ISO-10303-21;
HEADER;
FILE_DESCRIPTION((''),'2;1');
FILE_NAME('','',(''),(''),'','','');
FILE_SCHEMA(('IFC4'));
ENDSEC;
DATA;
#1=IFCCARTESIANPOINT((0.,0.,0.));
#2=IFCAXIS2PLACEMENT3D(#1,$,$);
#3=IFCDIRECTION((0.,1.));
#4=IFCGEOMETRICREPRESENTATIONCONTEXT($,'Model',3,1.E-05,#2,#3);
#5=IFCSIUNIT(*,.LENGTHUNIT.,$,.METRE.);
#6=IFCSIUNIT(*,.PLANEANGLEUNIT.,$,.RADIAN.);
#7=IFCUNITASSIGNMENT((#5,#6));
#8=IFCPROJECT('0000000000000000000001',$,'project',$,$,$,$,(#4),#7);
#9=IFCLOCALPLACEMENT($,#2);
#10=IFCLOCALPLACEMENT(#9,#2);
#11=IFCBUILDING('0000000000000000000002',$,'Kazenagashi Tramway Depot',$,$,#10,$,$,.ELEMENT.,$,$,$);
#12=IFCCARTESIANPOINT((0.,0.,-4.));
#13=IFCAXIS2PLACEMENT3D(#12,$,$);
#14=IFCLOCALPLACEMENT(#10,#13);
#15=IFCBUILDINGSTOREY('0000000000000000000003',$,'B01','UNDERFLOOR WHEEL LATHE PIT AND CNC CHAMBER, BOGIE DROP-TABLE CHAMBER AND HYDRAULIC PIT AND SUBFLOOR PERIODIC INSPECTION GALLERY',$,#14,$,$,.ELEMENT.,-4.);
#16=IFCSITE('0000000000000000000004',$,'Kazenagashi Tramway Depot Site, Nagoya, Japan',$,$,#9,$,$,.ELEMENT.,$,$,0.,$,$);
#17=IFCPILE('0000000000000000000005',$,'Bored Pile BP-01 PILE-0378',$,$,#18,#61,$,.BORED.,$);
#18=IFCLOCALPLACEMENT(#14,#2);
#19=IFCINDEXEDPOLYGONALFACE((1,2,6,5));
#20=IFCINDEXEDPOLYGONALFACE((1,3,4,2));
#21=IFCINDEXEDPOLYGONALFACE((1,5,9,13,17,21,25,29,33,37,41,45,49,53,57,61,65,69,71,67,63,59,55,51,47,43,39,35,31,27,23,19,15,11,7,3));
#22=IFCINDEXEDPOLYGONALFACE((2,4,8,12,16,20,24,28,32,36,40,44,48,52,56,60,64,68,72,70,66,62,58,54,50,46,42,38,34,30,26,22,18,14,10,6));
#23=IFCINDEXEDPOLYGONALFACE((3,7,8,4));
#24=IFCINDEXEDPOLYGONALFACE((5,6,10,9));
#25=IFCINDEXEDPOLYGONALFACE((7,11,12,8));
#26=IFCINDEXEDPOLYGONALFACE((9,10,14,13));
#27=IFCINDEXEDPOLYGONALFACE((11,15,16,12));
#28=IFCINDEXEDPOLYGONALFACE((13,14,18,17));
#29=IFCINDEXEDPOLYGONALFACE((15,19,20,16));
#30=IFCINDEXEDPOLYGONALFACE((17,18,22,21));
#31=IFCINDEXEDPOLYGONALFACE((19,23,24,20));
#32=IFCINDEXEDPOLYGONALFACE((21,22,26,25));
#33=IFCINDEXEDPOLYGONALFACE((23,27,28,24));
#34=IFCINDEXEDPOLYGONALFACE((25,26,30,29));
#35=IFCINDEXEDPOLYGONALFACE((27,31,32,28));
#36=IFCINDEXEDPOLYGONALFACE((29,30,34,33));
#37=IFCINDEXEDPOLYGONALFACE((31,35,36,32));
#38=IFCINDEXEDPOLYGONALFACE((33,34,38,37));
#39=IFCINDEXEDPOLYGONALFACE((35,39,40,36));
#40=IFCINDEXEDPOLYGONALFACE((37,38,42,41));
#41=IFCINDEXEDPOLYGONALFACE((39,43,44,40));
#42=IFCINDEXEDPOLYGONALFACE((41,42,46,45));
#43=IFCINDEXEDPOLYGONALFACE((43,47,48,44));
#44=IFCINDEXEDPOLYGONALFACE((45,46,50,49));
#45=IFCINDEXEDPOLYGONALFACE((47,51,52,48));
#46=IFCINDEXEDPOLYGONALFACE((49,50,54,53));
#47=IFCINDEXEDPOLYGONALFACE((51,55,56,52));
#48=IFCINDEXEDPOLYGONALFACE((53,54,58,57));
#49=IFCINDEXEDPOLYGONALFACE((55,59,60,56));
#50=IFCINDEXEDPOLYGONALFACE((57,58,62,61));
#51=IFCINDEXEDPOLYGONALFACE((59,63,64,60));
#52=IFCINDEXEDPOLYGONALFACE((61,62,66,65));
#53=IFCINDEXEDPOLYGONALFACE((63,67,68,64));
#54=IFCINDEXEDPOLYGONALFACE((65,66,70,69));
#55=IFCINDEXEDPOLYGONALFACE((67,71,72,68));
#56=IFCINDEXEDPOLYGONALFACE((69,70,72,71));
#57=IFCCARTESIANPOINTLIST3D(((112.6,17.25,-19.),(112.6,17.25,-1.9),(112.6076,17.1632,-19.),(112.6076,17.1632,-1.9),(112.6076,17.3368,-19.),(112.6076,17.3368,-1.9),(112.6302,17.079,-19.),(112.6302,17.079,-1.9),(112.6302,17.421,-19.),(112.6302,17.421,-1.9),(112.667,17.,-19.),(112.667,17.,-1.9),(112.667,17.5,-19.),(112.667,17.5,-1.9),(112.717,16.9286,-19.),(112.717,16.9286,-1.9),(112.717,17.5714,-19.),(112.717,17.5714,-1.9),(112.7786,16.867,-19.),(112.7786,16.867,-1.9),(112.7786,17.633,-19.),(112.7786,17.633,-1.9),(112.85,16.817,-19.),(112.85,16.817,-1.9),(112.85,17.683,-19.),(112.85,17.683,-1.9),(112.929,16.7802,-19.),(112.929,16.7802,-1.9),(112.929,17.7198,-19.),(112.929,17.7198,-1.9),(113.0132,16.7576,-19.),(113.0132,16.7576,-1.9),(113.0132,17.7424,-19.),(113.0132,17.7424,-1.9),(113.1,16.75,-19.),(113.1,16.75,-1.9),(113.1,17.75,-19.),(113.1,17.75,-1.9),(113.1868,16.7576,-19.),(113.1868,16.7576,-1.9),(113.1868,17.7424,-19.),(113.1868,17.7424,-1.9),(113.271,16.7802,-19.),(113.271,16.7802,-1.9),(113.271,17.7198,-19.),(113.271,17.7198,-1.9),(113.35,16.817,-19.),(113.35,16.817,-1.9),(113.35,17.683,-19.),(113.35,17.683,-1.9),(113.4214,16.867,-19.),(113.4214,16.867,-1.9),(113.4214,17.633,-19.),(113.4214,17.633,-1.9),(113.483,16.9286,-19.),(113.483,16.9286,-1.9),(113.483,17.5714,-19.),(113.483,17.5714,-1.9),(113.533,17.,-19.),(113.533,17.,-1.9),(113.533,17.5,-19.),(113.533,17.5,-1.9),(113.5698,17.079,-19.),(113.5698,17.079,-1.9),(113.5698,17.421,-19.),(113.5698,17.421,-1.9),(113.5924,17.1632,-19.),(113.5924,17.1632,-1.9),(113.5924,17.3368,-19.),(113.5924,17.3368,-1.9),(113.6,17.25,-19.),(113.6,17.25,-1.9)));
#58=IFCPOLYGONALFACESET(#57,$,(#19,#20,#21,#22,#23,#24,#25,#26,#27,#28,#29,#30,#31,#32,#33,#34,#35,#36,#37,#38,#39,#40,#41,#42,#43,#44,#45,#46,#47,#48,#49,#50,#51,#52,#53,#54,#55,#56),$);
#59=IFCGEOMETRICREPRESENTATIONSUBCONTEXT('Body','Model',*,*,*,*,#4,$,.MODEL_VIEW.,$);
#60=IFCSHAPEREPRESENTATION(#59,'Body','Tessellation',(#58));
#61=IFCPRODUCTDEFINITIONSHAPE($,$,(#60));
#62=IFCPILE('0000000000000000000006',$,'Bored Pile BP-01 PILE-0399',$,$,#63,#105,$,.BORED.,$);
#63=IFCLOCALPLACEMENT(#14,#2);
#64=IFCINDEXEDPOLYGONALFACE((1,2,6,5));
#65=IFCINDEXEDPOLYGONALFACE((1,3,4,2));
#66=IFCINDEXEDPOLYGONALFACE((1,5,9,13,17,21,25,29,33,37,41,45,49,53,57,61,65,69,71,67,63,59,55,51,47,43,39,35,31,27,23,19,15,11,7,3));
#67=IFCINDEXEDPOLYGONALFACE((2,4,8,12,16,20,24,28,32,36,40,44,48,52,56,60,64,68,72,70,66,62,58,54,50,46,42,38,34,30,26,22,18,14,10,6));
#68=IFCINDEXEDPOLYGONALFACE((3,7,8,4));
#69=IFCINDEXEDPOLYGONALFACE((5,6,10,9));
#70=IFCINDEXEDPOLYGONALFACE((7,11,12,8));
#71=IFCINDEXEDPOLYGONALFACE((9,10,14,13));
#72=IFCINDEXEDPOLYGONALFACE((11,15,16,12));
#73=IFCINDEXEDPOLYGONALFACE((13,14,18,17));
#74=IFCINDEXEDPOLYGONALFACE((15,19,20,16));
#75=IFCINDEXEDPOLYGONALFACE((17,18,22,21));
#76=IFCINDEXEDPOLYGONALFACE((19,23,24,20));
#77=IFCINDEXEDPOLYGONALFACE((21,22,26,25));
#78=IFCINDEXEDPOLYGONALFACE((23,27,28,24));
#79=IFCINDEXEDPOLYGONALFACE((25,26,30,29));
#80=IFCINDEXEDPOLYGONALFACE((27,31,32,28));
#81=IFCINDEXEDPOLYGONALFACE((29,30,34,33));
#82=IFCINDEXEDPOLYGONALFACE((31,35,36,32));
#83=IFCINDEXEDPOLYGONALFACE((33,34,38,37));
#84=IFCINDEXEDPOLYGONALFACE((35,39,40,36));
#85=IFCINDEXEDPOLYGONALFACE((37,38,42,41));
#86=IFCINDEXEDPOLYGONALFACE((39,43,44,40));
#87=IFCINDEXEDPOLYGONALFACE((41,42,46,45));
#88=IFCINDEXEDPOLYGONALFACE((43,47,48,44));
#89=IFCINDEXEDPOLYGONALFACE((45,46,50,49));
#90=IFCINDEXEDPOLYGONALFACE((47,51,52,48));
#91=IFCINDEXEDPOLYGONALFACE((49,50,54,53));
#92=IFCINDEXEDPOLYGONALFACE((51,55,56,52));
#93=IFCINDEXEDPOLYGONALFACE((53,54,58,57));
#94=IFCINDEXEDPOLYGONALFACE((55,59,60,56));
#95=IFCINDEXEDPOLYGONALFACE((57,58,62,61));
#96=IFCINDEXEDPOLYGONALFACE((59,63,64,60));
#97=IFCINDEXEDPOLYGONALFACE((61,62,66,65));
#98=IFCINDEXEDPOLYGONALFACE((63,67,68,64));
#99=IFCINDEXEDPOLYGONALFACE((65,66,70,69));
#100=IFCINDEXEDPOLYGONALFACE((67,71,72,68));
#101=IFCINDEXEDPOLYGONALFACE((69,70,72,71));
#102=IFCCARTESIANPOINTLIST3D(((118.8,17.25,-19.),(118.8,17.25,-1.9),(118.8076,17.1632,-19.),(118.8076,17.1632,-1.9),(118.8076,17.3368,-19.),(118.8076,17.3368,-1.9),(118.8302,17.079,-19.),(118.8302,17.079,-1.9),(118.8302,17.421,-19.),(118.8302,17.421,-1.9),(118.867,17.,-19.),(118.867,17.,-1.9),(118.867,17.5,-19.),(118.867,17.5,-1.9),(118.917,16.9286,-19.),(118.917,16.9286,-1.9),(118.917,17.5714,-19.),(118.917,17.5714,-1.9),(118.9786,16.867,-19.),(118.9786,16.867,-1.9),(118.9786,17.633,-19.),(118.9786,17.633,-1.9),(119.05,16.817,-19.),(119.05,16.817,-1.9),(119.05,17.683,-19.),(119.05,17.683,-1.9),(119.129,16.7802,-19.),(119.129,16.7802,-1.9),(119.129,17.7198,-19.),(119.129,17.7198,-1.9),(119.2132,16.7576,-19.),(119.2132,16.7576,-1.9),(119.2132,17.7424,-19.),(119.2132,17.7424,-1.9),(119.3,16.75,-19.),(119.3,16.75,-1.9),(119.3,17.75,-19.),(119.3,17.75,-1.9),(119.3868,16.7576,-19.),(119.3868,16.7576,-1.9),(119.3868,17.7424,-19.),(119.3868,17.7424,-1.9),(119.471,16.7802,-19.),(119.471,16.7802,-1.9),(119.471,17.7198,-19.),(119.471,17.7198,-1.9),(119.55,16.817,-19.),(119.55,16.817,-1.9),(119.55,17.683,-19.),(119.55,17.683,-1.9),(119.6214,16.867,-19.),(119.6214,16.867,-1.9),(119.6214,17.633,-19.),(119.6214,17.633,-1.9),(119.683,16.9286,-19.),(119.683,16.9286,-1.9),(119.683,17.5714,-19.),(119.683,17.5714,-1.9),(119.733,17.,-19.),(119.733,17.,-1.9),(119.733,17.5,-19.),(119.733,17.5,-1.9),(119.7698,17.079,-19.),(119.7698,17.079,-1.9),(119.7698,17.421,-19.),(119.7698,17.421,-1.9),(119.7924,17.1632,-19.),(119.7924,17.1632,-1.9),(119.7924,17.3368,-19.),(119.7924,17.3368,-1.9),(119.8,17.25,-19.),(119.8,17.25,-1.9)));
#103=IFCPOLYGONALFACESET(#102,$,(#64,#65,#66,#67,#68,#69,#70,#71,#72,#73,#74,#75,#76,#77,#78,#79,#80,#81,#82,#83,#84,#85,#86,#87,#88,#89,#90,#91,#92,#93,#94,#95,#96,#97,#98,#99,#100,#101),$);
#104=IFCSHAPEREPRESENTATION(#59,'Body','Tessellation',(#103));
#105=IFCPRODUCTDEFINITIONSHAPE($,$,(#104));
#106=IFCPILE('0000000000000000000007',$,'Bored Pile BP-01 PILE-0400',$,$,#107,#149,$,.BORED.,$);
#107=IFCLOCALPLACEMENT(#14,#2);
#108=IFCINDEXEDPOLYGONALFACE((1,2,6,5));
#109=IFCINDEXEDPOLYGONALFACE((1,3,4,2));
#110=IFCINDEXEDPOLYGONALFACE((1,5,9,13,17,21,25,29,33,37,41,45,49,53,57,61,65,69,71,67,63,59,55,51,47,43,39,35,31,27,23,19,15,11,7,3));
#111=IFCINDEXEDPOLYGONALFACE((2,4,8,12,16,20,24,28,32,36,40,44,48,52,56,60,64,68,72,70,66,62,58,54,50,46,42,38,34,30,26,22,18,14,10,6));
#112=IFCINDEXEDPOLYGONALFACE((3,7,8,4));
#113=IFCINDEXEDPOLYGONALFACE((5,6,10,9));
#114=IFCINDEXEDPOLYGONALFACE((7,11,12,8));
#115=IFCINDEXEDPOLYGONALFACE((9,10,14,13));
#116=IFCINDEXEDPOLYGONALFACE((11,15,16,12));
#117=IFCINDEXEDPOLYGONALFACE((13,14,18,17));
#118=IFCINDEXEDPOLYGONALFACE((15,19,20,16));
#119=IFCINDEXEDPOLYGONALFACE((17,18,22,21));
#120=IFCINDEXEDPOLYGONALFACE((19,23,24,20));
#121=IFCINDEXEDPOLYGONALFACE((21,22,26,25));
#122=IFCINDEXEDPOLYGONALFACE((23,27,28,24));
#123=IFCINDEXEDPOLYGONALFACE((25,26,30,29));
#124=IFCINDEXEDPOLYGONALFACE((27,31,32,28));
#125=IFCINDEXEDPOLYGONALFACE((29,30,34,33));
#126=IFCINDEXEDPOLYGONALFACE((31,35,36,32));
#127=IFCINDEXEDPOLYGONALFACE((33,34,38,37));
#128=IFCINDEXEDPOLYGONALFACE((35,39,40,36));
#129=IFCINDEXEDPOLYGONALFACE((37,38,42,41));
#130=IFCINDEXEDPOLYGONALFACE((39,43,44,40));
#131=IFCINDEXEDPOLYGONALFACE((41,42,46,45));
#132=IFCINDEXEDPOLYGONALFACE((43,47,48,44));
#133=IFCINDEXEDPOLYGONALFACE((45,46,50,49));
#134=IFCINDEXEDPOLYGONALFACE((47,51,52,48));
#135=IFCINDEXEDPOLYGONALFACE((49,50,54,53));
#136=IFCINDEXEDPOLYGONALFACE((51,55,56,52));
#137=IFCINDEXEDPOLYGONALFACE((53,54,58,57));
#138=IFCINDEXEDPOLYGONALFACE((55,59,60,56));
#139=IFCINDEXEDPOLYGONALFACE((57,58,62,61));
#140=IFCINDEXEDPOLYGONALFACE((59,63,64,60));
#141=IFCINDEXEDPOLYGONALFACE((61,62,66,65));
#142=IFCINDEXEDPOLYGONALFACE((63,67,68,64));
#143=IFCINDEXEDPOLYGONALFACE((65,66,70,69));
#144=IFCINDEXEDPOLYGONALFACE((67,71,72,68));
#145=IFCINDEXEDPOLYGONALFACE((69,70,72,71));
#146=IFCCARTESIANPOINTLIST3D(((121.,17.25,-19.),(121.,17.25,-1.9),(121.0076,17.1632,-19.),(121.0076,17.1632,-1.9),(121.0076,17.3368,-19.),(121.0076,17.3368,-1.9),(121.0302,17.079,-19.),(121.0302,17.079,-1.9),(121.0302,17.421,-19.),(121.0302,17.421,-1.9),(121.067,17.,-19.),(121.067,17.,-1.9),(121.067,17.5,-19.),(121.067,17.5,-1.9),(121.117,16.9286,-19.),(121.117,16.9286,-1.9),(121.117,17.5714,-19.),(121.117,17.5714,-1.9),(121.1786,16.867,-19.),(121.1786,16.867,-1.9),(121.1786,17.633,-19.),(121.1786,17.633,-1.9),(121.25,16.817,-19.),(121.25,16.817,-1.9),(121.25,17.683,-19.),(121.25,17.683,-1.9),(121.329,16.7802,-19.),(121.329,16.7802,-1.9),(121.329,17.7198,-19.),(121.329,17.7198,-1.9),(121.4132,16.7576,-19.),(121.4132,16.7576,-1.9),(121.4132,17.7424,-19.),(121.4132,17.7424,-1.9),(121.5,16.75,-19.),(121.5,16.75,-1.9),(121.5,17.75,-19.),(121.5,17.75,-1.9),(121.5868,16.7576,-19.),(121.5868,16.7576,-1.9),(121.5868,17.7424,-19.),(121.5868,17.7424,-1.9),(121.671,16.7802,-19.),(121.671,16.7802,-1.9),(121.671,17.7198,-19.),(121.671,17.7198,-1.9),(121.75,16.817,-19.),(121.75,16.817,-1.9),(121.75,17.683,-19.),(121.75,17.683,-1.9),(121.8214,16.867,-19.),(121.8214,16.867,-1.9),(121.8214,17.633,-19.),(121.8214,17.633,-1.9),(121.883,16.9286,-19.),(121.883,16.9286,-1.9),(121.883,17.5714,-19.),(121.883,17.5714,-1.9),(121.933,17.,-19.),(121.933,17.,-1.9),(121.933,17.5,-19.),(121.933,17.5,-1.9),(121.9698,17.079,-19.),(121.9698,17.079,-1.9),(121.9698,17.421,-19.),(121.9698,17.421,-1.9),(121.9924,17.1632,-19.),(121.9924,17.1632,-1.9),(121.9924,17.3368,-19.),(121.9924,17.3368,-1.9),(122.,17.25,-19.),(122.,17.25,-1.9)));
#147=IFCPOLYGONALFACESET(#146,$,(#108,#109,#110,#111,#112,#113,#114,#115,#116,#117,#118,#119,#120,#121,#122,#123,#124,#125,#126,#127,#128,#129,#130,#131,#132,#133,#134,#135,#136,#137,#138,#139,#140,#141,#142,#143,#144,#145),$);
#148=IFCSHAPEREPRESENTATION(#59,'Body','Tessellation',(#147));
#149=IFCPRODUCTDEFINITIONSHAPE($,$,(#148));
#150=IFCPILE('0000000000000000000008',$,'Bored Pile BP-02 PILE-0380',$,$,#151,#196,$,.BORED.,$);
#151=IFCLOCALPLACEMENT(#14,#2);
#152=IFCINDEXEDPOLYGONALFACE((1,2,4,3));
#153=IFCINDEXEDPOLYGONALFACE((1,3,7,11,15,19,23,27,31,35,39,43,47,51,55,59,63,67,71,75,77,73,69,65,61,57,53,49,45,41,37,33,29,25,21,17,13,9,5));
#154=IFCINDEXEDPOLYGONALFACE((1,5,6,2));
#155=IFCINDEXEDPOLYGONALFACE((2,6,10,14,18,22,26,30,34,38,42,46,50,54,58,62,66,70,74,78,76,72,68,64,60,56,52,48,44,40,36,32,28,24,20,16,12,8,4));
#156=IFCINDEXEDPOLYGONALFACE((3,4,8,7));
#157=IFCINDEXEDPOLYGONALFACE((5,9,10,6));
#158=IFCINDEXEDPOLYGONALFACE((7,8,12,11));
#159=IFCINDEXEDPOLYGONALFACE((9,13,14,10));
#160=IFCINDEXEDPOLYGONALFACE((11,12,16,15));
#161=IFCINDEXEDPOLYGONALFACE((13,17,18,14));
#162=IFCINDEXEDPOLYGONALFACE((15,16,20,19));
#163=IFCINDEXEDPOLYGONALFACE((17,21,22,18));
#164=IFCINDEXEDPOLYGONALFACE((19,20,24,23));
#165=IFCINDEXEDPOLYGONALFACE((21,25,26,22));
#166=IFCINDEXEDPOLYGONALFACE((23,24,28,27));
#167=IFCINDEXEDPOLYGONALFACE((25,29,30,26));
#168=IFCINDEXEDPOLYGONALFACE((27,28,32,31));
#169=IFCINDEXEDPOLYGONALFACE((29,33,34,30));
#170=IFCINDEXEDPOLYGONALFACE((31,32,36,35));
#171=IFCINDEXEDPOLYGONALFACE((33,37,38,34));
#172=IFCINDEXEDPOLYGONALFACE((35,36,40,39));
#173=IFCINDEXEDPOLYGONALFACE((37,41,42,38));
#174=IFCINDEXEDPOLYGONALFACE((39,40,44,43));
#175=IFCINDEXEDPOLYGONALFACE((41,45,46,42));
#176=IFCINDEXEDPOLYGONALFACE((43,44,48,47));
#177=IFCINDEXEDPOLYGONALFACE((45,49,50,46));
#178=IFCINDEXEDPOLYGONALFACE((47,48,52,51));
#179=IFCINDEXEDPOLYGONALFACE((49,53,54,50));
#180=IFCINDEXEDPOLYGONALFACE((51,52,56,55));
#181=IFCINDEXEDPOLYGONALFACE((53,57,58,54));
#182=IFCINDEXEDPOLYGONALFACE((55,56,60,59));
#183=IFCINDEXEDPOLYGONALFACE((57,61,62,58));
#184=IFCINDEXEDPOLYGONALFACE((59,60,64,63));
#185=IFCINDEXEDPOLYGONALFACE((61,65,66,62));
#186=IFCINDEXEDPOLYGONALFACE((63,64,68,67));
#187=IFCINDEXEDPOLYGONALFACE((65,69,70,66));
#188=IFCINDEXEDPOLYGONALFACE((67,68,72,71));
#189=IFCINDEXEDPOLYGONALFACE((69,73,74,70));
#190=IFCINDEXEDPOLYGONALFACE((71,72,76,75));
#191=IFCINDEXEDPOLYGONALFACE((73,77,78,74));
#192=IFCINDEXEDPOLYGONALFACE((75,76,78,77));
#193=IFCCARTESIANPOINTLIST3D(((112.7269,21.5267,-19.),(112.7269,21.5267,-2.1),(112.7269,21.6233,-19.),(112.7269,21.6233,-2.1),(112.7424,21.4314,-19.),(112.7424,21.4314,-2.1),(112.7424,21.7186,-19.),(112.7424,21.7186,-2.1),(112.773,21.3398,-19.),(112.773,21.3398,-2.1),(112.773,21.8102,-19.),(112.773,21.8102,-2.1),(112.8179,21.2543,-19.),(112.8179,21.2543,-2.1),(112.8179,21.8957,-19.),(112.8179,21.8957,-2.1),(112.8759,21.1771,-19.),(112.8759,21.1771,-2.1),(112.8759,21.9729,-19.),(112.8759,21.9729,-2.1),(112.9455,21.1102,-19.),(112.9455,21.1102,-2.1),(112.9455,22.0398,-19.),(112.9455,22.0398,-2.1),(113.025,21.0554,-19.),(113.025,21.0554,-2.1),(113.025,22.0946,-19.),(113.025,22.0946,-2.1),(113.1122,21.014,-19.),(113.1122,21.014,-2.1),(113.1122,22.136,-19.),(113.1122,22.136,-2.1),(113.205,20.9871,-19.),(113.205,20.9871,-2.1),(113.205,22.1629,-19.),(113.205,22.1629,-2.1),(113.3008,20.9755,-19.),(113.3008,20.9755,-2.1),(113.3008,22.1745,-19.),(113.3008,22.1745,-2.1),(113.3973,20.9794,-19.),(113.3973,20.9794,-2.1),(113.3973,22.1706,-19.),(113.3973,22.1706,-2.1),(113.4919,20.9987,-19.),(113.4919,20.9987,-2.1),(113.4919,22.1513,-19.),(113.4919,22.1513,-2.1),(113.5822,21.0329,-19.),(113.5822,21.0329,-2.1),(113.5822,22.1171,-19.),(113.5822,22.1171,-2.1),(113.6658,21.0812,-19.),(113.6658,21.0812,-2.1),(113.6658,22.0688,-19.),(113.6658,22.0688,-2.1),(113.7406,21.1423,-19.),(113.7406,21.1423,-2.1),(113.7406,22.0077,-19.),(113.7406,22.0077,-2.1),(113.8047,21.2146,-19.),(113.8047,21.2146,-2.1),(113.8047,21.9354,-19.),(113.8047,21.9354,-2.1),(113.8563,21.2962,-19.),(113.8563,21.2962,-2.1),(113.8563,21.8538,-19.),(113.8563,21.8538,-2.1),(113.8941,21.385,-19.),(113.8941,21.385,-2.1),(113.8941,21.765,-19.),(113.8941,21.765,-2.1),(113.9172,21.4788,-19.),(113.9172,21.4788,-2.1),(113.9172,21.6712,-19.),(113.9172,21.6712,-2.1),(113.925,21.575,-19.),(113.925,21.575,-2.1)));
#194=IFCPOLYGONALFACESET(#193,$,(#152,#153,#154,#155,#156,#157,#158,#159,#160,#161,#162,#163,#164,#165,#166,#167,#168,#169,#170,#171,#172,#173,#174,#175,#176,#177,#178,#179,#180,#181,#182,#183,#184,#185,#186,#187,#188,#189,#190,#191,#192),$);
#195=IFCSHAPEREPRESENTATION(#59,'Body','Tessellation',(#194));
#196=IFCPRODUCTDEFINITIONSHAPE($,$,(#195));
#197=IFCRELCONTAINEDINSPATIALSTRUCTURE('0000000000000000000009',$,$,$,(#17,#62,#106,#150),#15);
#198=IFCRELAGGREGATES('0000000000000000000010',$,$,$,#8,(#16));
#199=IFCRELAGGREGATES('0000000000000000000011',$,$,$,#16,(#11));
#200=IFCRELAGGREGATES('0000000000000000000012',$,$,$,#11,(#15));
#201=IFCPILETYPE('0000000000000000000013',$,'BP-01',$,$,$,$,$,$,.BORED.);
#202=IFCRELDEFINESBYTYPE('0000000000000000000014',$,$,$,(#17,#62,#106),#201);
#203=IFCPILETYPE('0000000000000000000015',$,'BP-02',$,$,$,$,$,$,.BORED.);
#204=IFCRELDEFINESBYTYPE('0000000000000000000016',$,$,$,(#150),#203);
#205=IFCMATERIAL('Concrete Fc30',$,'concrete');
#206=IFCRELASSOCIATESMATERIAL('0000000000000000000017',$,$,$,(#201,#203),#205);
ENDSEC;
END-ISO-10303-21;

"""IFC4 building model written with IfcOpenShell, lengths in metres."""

from ifc_helpers import new_model, si_unit, direction, frame, origin, origin_2d, place, context, subcontext, project, spatial, circle, extrude, material, material_profile, profile_set, type_object, element, save


model = new_model("IFC4")

# Units and contexts
model_context = context("Model", 3, precision=1e-05, world=origin(), true_north=direction((0.0, 1.0)))
body_context = subcontext(model_context, "Body", "Model", "MODEL_VIEW")
ifc_project = project(units=[si_unit("LENGTHUNIT", "METRE"), si_unit("PLANEANGLEUNIT", "RADIAN")], contexts=[model_context])

# Site, building, storey
site_placement = place(None, origin())
site = spatial("IfcSite", under=ifc_project, at=site_placement, Name="Kazenagashi Tramway Depot Site, Nagoya, Japan", CompositionType="ELEMENT", RefElevation=0.0)
building_placement = place(site_placement, origin())
building = spatial("IfcBuilding", under=site, at=building_placement, Name="Kazenagashi Tramway Depot", CompositionType="ELEMENT")
storey_placement = place(building_placement, frame((0.0, 0.0, -4.0)))
storey = spatial("IfcBuildingStorey", under=building, at=storey_placement, Name="B01", Description="UNDERFLOOR WHEEL LATHE PIT AND CNC CHAMBER, BOGIE DROP-TABLE CHAMBER AND HYDRAULIC PIT AND SUBFLOOR PERIODIC INSPECTION GALLERY", CompositionType="ELEMENT", Elevation=-4.0)

# Piles
ifc_material_1 = material(Name="Concrete Fc30", Category="concrete")
ifc_material_profile_1 = material_profile(ifc_material_1, circle(Radius=0.5, at=origin_2d()), Name="PILE-1000")
ifc_profile_set_1 = profile_set([ifc_material_profile_1], Name="Concrete Fc30")
pile_type_1 = type_object("IfcPileType", Name="BP-01", PredefinedType="BORED", material=ifc_profile_set_1)
for number, where, z_axis, x_axis, name in (
    (1, (113.1, 17.25, -1.9), (0.0, 0.0, -1.0), (1.0, 0.0, 0.0), "Bored Pile BP-01 PILE-0378"),
    (2, (119.3, 17.25, -1.9), (0.0, 0.0, -1.0), (1.0, 0.0, 0.0), "Bored Pile BP-01 PILE-0399"),
    (3, (121.5, 17.25, -1.9), (0.0, 0.0, -1.0), (1.0, 0.0, 0.0), "Bored Pile BP-01 PILE-0400"),
):
    element("IfcPile", number, at=place(storey_placement, frame(where, z_axis=z_axis, x_axis=x_axis)), inside=storey, type_object=pile_type_1, Name=name, PredefinedType="BORED", context=body_context, shape_type="SweptSolid", body=[
        extrude(circle(Radius=0.5, at=origin_2d()), origin(), (0.0, 0.0, 1.0), 17.1),
    ])
ifc_material_profile_2 = material_profile(ifc_material_1, circle(Radius=0.6, at=origin_2d()), Name="PILE-1200")
ifc_profile_set_2 = profile_set([ifc_material_profile_2], Name="Concrete Fc30")
pile_type_2 = type_object("IfcPileType", Name="BP-02", PredefinedType="BORED", material=ifc_profile_set_2)
for number, where, z_axis, x_axis, name in (
    (4, (113.325, 21.575, -2.1), (0.0, 0.0, -1.0), (1.0, 0.0, 0.0), "Bored Pile BP-02 PILE-0380"),
):
    element("IfcPile", number, at=place(storey_placement, frame(where, z_axis=z_axis, x_axis=x_axis)), inside=storey, type_object=pile_type_2, Name=name, PredefinedType="BORED", context=body_context, shape_type="SweptSolid", body=[
        extrude(circle(Radius=0.6, at=origin_2d()), origin(), (0.0, 0.0, 1.0), 16.9),
    ])

save(model, "model.ifc")
